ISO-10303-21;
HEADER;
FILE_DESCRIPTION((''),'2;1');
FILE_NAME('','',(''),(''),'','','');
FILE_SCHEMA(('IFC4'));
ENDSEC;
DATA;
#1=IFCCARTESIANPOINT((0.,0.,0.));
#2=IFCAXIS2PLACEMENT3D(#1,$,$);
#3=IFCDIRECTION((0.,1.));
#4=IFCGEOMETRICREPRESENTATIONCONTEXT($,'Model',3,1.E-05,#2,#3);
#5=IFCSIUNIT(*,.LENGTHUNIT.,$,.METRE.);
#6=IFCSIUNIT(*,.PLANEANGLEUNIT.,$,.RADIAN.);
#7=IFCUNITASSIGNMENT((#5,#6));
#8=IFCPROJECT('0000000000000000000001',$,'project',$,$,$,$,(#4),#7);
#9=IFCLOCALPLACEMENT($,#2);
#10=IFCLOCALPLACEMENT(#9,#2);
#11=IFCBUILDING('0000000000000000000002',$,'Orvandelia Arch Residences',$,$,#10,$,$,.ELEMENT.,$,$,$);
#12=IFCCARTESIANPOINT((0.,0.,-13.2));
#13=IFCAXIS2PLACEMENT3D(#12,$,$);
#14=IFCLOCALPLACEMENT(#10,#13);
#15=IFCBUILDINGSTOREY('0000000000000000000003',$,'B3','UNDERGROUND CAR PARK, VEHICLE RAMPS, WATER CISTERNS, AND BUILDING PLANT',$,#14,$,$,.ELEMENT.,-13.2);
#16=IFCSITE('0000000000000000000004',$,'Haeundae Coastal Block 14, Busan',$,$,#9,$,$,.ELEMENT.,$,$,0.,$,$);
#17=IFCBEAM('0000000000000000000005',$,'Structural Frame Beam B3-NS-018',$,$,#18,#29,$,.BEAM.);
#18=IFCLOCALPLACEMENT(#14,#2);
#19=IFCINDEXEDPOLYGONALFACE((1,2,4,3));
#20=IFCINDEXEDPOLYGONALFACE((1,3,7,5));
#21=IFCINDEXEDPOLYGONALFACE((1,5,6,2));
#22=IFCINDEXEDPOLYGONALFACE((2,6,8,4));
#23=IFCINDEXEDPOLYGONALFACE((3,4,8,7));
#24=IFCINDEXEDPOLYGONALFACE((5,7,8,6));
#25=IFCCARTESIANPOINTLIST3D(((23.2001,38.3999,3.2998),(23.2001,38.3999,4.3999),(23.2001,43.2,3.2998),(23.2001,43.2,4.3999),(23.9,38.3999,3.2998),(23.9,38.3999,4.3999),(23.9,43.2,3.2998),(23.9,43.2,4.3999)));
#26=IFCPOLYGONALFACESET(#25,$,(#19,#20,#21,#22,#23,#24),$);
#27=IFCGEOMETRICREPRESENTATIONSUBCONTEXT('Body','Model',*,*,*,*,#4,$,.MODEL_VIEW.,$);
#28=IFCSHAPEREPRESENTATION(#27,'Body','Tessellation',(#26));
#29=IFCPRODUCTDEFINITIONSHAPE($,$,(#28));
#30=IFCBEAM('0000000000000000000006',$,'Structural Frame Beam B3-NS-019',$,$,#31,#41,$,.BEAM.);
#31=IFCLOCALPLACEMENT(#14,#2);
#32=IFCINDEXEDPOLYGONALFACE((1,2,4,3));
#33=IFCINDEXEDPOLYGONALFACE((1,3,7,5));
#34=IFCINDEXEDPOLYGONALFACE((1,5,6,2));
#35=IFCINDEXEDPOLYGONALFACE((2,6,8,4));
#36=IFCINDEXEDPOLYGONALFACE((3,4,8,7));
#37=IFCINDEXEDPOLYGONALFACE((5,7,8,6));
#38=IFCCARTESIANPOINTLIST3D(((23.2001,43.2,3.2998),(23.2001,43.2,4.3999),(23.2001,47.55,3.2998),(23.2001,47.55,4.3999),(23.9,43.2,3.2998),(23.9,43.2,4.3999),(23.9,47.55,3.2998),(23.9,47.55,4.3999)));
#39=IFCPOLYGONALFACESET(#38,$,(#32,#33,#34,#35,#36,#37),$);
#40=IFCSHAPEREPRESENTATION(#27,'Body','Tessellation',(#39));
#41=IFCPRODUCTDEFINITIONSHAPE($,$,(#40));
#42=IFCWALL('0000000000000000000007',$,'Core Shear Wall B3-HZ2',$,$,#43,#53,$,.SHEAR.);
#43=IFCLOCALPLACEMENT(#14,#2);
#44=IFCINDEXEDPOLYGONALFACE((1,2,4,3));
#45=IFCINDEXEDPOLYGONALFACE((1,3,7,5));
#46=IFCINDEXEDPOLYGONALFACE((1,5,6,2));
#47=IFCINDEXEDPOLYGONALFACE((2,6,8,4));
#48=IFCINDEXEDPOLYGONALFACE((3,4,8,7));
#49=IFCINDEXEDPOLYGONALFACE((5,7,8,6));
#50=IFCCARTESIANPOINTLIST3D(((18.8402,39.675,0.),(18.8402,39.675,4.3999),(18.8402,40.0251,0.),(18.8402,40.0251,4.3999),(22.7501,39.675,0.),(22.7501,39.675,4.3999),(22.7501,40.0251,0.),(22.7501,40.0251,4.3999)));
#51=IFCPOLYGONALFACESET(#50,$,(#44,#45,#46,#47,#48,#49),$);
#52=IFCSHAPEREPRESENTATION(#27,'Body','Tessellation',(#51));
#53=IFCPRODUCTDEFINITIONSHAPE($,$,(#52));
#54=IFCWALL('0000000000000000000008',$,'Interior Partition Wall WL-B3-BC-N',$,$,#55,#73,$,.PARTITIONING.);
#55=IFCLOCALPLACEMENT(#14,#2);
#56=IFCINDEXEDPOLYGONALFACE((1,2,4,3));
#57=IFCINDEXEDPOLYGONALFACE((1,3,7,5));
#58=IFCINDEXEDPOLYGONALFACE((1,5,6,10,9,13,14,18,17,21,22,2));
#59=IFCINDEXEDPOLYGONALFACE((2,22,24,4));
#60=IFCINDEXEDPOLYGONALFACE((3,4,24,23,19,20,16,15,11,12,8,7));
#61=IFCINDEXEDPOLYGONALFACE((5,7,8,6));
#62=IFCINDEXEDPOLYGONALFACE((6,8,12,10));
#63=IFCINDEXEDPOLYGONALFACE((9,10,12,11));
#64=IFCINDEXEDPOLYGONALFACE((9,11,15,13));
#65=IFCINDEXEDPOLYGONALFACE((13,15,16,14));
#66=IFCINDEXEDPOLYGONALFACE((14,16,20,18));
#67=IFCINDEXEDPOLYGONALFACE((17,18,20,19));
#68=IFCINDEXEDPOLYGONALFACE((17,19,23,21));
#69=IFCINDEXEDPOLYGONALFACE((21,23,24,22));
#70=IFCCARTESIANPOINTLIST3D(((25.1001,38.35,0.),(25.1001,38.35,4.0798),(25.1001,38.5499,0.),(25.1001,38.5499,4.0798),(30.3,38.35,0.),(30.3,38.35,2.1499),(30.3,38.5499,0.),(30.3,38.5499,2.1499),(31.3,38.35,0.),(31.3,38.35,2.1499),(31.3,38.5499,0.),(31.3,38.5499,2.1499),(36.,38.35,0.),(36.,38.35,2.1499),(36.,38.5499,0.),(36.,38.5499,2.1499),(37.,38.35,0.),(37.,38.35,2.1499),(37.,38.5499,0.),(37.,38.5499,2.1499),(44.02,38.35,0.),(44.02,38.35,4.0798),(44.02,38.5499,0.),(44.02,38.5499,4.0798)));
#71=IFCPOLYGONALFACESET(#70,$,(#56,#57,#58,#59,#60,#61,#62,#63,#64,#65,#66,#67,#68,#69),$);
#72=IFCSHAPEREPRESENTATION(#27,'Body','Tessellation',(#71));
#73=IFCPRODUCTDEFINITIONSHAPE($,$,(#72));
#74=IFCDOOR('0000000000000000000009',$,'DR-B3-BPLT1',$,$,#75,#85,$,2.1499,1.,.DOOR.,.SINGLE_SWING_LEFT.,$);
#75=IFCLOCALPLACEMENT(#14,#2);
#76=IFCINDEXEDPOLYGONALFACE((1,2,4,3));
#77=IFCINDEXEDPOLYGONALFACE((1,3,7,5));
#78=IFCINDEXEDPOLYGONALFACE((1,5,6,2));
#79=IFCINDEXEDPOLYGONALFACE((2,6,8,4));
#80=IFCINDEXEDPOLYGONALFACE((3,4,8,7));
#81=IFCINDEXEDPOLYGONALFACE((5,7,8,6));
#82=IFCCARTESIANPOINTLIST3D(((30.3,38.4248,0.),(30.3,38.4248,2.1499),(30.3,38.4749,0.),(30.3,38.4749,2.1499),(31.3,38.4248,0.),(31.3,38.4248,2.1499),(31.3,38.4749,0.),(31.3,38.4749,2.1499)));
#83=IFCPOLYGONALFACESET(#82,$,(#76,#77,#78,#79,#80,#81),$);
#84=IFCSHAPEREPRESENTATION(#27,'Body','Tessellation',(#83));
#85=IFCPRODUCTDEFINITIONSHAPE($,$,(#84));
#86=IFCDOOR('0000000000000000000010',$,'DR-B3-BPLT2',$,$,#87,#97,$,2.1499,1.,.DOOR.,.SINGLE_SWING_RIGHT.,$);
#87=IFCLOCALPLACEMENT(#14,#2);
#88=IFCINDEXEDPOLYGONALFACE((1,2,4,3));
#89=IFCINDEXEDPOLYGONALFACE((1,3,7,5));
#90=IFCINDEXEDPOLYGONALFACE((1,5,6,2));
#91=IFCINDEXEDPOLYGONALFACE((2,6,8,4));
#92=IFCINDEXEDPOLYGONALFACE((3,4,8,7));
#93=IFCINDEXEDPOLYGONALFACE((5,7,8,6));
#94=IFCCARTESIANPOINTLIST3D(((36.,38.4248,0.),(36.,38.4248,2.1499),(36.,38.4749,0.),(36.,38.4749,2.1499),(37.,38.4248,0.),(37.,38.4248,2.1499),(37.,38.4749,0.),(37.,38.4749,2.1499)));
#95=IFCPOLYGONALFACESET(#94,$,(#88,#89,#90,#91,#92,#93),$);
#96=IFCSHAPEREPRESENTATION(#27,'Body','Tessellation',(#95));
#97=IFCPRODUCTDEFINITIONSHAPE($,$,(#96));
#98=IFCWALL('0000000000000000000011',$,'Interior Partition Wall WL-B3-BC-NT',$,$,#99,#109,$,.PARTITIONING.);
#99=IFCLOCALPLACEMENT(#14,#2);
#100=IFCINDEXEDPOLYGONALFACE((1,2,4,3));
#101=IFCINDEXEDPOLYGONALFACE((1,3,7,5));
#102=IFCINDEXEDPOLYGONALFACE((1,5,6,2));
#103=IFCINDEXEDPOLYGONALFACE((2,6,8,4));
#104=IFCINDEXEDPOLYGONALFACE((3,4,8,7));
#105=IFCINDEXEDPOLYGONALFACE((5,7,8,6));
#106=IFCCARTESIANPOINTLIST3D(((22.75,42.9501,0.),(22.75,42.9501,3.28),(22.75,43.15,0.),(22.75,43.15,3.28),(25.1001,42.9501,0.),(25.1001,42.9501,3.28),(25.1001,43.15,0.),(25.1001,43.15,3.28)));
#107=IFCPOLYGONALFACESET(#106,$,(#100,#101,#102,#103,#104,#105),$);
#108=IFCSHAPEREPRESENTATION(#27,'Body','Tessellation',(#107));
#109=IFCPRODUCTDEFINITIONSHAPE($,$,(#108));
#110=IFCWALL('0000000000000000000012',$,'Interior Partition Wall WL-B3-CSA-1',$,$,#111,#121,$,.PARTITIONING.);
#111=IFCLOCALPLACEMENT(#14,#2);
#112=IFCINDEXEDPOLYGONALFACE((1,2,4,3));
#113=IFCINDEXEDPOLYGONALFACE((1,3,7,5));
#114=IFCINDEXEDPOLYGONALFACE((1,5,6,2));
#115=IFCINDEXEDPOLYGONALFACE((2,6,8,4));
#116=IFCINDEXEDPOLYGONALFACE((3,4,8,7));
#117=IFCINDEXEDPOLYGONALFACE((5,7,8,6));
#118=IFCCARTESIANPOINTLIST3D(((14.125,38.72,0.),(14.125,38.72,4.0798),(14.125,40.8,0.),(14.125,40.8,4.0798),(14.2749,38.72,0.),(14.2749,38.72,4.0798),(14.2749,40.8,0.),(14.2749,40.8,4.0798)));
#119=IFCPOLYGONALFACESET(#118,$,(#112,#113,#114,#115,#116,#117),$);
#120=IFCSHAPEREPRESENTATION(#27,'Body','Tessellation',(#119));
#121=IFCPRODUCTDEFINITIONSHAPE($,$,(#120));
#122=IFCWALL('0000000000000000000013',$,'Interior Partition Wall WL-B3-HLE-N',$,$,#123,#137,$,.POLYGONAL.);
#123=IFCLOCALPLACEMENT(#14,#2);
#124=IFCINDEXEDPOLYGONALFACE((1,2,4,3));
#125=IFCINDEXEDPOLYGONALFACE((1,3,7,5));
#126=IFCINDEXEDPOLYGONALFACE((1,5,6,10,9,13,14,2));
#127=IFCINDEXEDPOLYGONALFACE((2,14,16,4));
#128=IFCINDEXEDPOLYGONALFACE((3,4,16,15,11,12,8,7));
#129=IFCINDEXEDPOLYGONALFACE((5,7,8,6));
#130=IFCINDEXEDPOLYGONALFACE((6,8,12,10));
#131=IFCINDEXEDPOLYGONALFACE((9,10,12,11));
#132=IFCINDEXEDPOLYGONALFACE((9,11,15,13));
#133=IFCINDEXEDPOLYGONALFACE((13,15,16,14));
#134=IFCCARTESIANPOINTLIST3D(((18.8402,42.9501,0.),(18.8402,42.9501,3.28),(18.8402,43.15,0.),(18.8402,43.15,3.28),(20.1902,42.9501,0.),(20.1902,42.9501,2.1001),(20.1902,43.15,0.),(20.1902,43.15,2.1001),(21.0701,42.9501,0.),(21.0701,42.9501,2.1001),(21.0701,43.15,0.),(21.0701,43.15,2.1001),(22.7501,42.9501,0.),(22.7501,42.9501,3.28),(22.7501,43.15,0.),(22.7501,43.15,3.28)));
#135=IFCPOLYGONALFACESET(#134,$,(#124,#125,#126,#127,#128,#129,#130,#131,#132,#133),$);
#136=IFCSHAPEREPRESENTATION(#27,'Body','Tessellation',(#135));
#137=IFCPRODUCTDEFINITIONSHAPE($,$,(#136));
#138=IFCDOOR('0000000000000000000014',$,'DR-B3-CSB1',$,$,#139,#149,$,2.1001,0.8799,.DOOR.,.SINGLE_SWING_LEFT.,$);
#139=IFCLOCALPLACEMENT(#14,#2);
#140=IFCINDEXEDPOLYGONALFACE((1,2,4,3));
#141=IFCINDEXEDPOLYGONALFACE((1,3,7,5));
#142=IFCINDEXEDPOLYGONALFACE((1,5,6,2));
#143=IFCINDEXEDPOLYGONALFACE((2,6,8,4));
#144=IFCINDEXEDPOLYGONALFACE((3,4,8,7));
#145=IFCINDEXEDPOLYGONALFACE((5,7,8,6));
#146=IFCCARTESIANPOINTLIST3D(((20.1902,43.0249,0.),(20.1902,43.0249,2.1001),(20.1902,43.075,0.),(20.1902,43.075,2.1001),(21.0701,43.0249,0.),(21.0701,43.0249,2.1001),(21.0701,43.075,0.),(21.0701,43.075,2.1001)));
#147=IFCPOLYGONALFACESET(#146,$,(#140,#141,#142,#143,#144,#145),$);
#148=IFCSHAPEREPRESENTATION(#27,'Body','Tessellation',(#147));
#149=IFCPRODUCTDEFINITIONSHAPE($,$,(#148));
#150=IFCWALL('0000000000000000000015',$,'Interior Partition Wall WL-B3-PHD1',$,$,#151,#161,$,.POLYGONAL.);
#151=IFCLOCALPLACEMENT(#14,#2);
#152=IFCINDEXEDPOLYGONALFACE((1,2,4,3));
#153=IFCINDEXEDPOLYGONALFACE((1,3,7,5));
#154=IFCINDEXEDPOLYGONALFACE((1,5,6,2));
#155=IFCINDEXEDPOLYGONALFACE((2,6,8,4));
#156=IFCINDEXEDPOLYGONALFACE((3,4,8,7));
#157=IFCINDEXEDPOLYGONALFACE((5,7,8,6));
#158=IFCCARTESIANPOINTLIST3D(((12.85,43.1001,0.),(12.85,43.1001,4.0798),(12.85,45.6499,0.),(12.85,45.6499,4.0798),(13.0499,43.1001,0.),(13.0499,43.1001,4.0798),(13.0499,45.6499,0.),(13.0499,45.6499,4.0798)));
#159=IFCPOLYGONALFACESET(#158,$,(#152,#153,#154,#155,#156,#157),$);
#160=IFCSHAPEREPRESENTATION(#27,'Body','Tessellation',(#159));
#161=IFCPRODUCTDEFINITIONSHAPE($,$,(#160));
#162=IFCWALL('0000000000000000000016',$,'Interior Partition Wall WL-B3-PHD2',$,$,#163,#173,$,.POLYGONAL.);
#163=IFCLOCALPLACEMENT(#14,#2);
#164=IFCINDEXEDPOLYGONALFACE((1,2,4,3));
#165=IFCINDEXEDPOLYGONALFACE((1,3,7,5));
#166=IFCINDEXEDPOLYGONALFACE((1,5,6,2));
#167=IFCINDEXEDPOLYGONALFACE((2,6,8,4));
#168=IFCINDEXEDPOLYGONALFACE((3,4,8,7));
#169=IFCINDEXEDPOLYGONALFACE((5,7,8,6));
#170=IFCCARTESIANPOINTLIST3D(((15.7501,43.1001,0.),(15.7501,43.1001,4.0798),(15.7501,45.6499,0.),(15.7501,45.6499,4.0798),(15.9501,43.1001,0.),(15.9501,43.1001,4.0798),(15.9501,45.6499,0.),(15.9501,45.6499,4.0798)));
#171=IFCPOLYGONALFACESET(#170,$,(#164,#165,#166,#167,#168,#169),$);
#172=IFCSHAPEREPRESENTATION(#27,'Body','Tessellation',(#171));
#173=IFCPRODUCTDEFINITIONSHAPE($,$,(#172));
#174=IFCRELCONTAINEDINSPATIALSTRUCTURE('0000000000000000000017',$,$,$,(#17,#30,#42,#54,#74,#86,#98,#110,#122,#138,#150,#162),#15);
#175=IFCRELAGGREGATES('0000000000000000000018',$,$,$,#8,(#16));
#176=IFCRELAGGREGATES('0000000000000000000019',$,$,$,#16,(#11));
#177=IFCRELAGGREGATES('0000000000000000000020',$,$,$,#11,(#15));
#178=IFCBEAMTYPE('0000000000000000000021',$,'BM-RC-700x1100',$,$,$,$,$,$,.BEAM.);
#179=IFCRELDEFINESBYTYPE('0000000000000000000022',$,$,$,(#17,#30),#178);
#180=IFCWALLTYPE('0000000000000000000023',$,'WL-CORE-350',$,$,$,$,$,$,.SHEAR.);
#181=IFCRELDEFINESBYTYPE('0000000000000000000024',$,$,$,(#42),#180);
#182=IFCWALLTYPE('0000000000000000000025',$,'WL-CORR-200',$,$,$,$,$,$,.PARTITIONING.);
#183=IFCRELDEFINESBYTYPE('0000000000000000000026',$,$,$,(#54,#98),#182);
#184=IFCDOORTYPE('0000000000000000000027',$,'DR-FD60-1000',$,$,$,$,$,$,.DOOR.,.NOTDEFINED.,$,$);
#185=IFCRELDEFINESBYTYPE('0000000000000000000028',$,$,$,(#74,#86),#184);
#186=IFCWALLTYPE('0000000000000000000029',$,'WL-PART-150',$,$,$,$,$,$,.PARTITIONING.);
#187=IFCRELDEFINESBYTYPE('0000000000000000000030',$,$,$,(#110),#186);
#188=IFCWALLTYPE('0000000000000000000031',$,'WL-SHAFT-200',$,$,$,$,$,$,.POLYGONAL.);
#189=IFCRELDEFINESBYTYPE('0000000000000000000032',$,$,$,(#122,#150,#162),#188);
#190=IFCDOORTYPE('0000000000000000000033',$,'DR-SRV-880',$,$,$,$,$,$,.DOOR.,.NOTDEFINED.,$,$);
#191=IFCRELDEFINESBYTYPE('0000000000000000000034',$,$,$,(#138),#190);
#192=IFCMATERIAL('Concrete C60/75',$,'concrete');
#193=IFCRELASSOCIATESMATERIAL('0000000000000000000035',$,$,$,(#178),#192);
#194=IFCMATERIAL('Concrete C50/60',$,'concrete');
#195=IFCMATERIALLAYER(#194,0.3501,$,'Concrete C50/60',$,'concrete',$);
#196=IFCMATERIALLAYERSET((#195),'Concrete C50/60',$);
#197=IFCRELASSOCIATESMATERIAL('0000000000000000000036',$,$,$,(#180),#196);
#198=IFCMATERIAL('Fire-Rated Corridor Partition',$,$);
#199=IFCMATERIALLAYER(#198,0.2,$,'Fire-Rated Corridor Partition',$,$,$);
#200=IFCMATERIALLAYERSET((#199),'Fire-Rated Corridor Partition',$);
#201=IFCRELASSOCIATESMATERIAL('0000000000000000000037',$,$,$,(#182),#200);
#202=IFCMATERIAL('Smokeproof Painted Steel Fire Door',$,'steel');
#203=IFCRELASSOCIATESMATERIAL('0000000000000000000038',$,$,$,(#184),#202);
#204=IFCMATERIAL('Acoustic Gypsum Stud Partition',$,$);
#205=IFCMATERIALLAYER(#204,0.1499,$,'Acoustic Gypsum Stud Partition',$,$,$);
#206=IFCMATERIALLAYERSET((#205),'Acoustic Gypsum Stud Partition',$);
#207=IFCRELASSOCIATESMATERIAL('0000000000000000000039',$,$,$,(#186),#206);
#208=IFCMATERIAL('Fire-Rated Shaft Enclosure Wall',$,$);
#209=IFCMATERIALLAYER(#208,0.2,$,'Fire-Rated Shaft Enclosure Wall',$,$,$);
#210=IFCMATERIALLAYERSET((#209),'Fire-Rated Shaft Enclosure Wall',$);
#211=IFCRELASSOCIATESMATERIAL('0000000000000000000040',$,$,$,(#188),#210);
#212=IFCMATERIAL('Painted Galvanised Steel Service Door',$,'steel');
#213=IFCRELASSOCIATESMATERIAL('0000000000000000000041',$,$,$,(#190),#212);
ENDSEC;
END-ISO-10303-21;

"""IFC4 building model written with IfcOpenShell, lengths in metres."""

from ifc_helpers import new_model, si_unit, direction, frame, frame_2d, origin, origin_2d, place, context, subcontext, project, spatial, rectangle, extrude, material, layer, layer_set, material_profile, profile_set, type_object, element, fill, save


model = new_model("IFC4")

# Units and contexts
model_context = context("Model", 3, precision=1e-05, world=origin(), true_north=direction((0.0, 1.0)))
body_context = subcontext(model_context, "Body", "Model", "MODEL_VIEW")
ifc_project = project(units=[si_unit("LENGTHUNIT", "METRE"), si_unit("PLANEANGLEUNIT", "RADIAN")], contexts=[model_context])

# Site, building, storey
site_placement = place(None, origin())
site = spatial("IfcSite", under=ifc_project, at=site_placement, Name="Haeundae Coastal Block 14, Busan", CompositionType="ELEMENT", RefElevation=0.0)
building_placement = place(site_placement, origin())
building = spatial("IfcBuilding", under=site, at=building_placement, Name="Orvandelia Arch Residences", CompositionType="ELEMENT")
storey_placement = place(building_placement, frame((0.0, 0.0, -13.2)))
storey = spatial("IfcBuildingStorey", under=building, at=storey_placement, Name="B3", Description="UNDERGROUND CAR PARK, VEHICLE RAMPS, WATER CISTERNS, AND BUILDING PLANT", CompositionType="ELEMENT", Elevation=-13.2)

# Shared definitions
ifc_material_1 = material(Name="Concrete C50/60", Category="concrete")

# Beams
ifc_material_2 = material(Name="Concrete C60/75", Category="concrete")
ifc_material_profile_1 = material_profile(ifc_material_2, rectangle(XDim=0.7, YDim=1.1001, at=origin_2d()), Name="Concrete C60/75", Category="concrete")
ifc_profile_set_1 = profile_set([ifc_material_profile_1], Name="Concrete C60/75")
beam_type = type_object("IfcBeamType", Name="BM-RC-700x1100", PredefinedType="BEAM", material=ifc_profile_set_1)
beam_1_placement = place(storey_placement, frame((23.55, 38.3999, 3.8499), z_axis=(0.0, 1.0, 0.0), x_axis=(-1.0, 0.0, 0.0)))
element("IfcBeam", 1, at=beam_1_placement, inside=storey, type_object=beam_type, Name="Structural Frame Beam B3-NS-018", PredefinedType="BEAM", context=body_context, shape_type="SweptSolid", body=[
    extrude(rectangle(XDim=0.7, YDim=1.1001, at=origin_2d()), origin(), (0.0, 0.0, 1.0), 4.8),
])
beam_2_placement = place(storey_placement, frame((23.55, 43.2, 3.8499), z_axis=(0.0, 1.0, 0.0), x_axis=(-1.0, 0.0, 0.0)))
element("IfcBeam", 2, at=beam_2_placement, inside=storey, type_object=beam_type, Name="Structural Frame Beam B3-NS-019", PredefinedType="BEAM", context=body_context, shape_type="SweptSolid", body=[
    extrude(rectangle(XDim=0.7, YDim=1.1001, at=origin_2d()), origin(), (0.0, 0.0, 1.0), 4.3501),
])

# Wall
ifc_layer_1 = layer(ifc_material_1, 0.3501, Name="Concrete C50/60", Category="concrete")
ifc_layer_set_1 = layer_set([ifc_layer_1], Name="Concrete C50/60")
wall_type_1 = type_object("IfcWallType", Name="WL-CORE-350", PredefinedType="SHEAR", material=ifc_layer_set_1)
wall_1_placement = place(storey_placement, frame((18.8401, 39.8501, 0.0), z_axis=(0.0, 0.0, 1.0), x_axis=(1.0, 0.0, 0.0)))
element("IfcWall", 3, at=wall_1_placement, inside=storey, type_object=wall_type_1, Name="Core Shear Wall B3-HZ2", PredefinedType="SHEAR", context=body_context, shape_type="SweptSolid", body=[
    extrude(rectangle(XDim=3.9099, YDim=0.3501, at=frame_2d((1.9551, 0.0))), origin(), (0.0, 0.0, 1.0), 4.3999),
])

# Wall, openings, doors
ifc_material_3 = material(Name="Fire-Rated Corridor Partition")
ifc_layer_2 = layer(ifc_material_3, 0.2, Name="Fire-Rated Corridor Partition")
ifc_layer_set_2 = layer_set([ifc_layer_2], Name="Fire-Rated Corridor Partition")
wall_type_2 = type_object("IfcWallType", Name="WL-CORR-200", PredefinedType="PARTITIONING", material=ifc_layer_set_2)
wall_2_placement = place(storey_placement, frame((25.1001, 38.45, 0.0), z_axis=(0.0, 0.0, 1.0), x_axis=(1.0, 0.0, 0.0)))
wall_2 = element("IfcWall", 4, at=wall_2_placement, inside=storey, type_object=wall_type_2, Name="Interior Partition Wall WL-B3-BC-N", PredefinedType="PARTITIONING", context=body_context, shape_type="SweptSolid", body=[
    extrude(rectangle(XDim=18.9199, YDim=0.2, at=frame_2d((9.46, 0.0))), origin(), (0.0, 0.0, 1.0), 4.0798),
])
opening_1_placement = place(wall_2_placement, frame((5.2, 0.0, 0.0)))
opening_1 = element("IfcOpeningElement", 5, at=opening_1_placement, cuts=wall_2, PredefinedType="OPENING", context=body_context, shape_type="SweptSolid", body=[
    extrude(rectangle(XDim=1.0, YDim=2.1499, at=frame_2d((0.5, 1.075))), frame((0.0, 0.1099, 0.0), z_axis=(0.0, -1.0, 0.0), x_axis=(1.0, 0.0, 0.0)), (0.0, 0.0, 1.0), 0.22),
])
opening_2_placement = place(wall_2_placement, frame((10.8999, 0.0, 0.0)))
opening_2 = element("IfcOpeningElement", 6, at=opening_2_placement, cuts=wall_2, PredefinedType="OPENING", context=body_context, shape_type="SweptSolid", body=[
    extrude(rectangle(XDim=1.0, YDim=2.1499, at=frame_2d((0.5, 1.075))), frame((0.0, 0.1099, 0.0), z_axis=(0.0, -1.0, 0.0), x_axis=(1.0, 0.0, 0.0)), (0.0, 0.0, 1.0), 0.22),
])
ifc_material_4 = material(Name="Smokeproof Painted Steel Fire Door", Category="steel")
door_type_1 = type_object("IfcDoorType", Name="DR-FD60-1000", OperationType="NOTDEFINED", PredefinedType="DOOR", material=ifc_material_4)
door_1_placement = place(opening_1_placement, origin())
door_1 = element("IfcDoor", 7, at=door_1_placement, inside=storey, type_object=door_type_1, Name="DR-B3-BPLT1", OperationType="SINGLE_SWING_LEFT", OverallHeight=2.1499, OverallWidth=1.0, PredefinedType="DOOR", context=body_context, shape_type="SweptSolid", body=[
    extrude(rectangle(XDim=1.0, YDim=2.1499, at=frame_2d((0.5, 1.075))), frame((0.0, 0.0249, 0.0), z_axis=(0.0, -1.0, 0.0), x_axis=(1.0, 0.0, 0.0)), (0.0, 0.0, 1.0), 0.05),
])
fill(opening_1, door_1)
door_2_placement = place(opening_2_placement, origin())
door_2 = element("IfcDoor", 8, at=door_2_placement, inside=storey, type_object=door_type_1, Name="DR-B3-BPLT2", OperationType="SINGLE_SWING_RIGHT", OverallHeight=2.1499, OverallWidth=1.0, PredefinedType="DOOR", context=body_context, shape_type="SweptSolid", body=[
    extrude(rectangle(XDim=1.0, YDim=2.1499, at=frame_2d((0.5, 1.075))), frame((0.0, 0.0249, 0.0), z_axis=(0.0, -1.0, 0.0), x_axis=(1.0, 0.0, 0.0)), (0.0, 0.0, 1.0), 0.05),
])
fill(opening_2, door_2)

# Walls
wall_3_placement = place(storey_placement, frame((22.75, 43.05, 0.0), z_axis=(0.0, 0.0, 1.0), x_axis=(1.0, 0.0, 0.0)))
element("IfcWall", 9, at=wall_3_placement, inside=storey, type_object=wall_type_2, Name="Interior Partition Wall WL-B3-BC-NT", PredefinedType="PARTITIONING", context=body_context, shape_type="SweptSolid", body=[
    extrude(rectangle(XDim=2.3501, YDim=0.2, at=frame_2d((1.175, 0.0))), origin(), (0.0, 0.0, 1.0), 3.28),
])
ifc_material_5 = material(Name="Acoustic Gypsum Stud Partition")
ifc_layer_3 = layer(ifc_material_5, 0.1499, Name="Acoustic Gypsum Stud Partition")
ifc_layer_set_3 = layer_set([ifc_layer_3], Name="Acoustic Gypsum Stud Partition")
wall_type_3 = type_object("IfcWallType", Name="WL-PART-150", PredefinedType="PARTITIONING", material=ifc_layer_set_3)
wall_4_placement = place(storey_placement, frame((14.2, 38.72, 0.0), z_axis=(0.0, 0.0, 1.0), x_axis=(0.0, 1.0, 0.0)))
element("IfcWall", 10, at=wall_4_placement, inside=storey, type_object=wall_type_3, Name="Interior Partition Wall WL-B3-CSA-1", PredefinedType="PARTITIONING", context=body_context, shape_type="SweptSolid", body=[
    extrude(rectangle(XDim=2.0801, YDim=0.1499, at=frame_2d((1.04, 0.0))), origin(), (0.0, 0.0, 1.0), 4.0798),
])

# Wall, opening, door
ifc_material_6 = material(Name="Fire-Rated Shaft Enclosure Wall")
ifc_layer_4 = layer(ifc_material_6, 0.2, Name="Fire-Rated Shaft Enclosure Wall")
ifc_layer_set_4 = layer_set([ifc_layer_4], Name="Fire-Rated Shaft Enclosure Wall")
wall_type_4 = type_object("IfcWallType", Name="WL-SHAFT-200", PredefinedType="POLYGONAL", material=ifc_layer_set_4)
wall_5_placement = place(storey_placement, frame((18.8401, 43.05, 0.0), z_axis=(0.0, 0.0, 1.0), x_axis=(1.0, 0.0, 0.0)))
wall_5 = element("IfcWall", 11, at=wall_5_placement, inside=storey, type_object=wall_type_4, Name="Interior Partition Wall WL-B3-HLE-N", PredefinedType="POLYGONAL", context=body_context, shape_type="SweptSolid", body=[
    extrude(rectangle(XDim=3.9099, YDim=0.2, at=frame_2d((1.9551, 0.0))), origin(), (0.0, 0.0, 1.0), 3.28),
])
opening_3_placement = place(wall_5_placement, frame((1.3501, 0.0, 0.0)))
opening_3 = element("IfcOpeningElement", 12, at=opening_3_placement, cuts=wall_5, PredefinedType="OPENING", context=body_context, shape_type="SweptSolid", body=[
    extrude(rectangle(XDim=0.8799, YDim=2.1001, at=frame_2d((0.4399, 1.05))), frame((0.0, 0.1099, 0.0), z_axis=(0.0, -1.0, 0.0), x_axis=(1.0, 0.0, 0.0)), (0.0, 0.0, 1.0), 0.22),
])
ifc_material_7 = material(Name="Painted Galvanised Steel Service Door", Category="steel")
door_type_2 = type_object("IfcDoorType", Name="DR-SRV-880", OperationType="NOTDEFINED", PredefinedType="DOOR", material=ifc_material_7)
door_3_placement = place(opening_3_placement, origin())
door_3 = element("IfcDoor", 13, at=door_3_placement, inside=storey, type_object=door_type_2, Name="DR-B3-CSB1", OperationType="SINGLE_SWING_LEFT", OverallHeight=2.1001, OverallWidth=0.8799, PredefinedType="DOOR", context=body_context, shape_type="SweptSolid", body=[
    extrude(rectangle(XDim=0.8799, YDim=2.1001, at=frame_2d((0.4399, 1.05))), frame((0.0, 0.0249, 0.0), z_axis=(0.0, -1.0, 0.0), x_axis=(1.0, 0.0, 0.0)), (0.0, 0.0, 1.0), 0.05),
])
fill(opening_3, door_3)

# Walls
for number, where, z_axis, x_axis, name in (
    (14, (12.95, 43.1001, 0.0), (0.0, 0.0, 1.0), (0.0, 1.0, 0.0), "Interior Partition Wall WL-B3-PHD1"),
    (15, (15.8501, 43.1001, 0.0), (0.0, 0.0, 1.0), (0.0, 1.0, 0.0), "Interior Partition Wall WL-B3-PHD2"),
):
    element("IfcWall", number, at=place(storey_placement, frame(where, z_axis=z_axis, x_axis=x_axis)), inside=storey, type_object=wall_type_4, Name=name, PredefinedType="POLYGONAL", context=body_context, shape_type="SweptSolid", body=[
        extrude(rectangle(XDim=2.5498, YDim=0.2, at=frame_2d((1.2749, 0.0))), origin(), (0.0, 0.0, 1.0), 4.0798),
    ])

save(model, "model.ifc")
